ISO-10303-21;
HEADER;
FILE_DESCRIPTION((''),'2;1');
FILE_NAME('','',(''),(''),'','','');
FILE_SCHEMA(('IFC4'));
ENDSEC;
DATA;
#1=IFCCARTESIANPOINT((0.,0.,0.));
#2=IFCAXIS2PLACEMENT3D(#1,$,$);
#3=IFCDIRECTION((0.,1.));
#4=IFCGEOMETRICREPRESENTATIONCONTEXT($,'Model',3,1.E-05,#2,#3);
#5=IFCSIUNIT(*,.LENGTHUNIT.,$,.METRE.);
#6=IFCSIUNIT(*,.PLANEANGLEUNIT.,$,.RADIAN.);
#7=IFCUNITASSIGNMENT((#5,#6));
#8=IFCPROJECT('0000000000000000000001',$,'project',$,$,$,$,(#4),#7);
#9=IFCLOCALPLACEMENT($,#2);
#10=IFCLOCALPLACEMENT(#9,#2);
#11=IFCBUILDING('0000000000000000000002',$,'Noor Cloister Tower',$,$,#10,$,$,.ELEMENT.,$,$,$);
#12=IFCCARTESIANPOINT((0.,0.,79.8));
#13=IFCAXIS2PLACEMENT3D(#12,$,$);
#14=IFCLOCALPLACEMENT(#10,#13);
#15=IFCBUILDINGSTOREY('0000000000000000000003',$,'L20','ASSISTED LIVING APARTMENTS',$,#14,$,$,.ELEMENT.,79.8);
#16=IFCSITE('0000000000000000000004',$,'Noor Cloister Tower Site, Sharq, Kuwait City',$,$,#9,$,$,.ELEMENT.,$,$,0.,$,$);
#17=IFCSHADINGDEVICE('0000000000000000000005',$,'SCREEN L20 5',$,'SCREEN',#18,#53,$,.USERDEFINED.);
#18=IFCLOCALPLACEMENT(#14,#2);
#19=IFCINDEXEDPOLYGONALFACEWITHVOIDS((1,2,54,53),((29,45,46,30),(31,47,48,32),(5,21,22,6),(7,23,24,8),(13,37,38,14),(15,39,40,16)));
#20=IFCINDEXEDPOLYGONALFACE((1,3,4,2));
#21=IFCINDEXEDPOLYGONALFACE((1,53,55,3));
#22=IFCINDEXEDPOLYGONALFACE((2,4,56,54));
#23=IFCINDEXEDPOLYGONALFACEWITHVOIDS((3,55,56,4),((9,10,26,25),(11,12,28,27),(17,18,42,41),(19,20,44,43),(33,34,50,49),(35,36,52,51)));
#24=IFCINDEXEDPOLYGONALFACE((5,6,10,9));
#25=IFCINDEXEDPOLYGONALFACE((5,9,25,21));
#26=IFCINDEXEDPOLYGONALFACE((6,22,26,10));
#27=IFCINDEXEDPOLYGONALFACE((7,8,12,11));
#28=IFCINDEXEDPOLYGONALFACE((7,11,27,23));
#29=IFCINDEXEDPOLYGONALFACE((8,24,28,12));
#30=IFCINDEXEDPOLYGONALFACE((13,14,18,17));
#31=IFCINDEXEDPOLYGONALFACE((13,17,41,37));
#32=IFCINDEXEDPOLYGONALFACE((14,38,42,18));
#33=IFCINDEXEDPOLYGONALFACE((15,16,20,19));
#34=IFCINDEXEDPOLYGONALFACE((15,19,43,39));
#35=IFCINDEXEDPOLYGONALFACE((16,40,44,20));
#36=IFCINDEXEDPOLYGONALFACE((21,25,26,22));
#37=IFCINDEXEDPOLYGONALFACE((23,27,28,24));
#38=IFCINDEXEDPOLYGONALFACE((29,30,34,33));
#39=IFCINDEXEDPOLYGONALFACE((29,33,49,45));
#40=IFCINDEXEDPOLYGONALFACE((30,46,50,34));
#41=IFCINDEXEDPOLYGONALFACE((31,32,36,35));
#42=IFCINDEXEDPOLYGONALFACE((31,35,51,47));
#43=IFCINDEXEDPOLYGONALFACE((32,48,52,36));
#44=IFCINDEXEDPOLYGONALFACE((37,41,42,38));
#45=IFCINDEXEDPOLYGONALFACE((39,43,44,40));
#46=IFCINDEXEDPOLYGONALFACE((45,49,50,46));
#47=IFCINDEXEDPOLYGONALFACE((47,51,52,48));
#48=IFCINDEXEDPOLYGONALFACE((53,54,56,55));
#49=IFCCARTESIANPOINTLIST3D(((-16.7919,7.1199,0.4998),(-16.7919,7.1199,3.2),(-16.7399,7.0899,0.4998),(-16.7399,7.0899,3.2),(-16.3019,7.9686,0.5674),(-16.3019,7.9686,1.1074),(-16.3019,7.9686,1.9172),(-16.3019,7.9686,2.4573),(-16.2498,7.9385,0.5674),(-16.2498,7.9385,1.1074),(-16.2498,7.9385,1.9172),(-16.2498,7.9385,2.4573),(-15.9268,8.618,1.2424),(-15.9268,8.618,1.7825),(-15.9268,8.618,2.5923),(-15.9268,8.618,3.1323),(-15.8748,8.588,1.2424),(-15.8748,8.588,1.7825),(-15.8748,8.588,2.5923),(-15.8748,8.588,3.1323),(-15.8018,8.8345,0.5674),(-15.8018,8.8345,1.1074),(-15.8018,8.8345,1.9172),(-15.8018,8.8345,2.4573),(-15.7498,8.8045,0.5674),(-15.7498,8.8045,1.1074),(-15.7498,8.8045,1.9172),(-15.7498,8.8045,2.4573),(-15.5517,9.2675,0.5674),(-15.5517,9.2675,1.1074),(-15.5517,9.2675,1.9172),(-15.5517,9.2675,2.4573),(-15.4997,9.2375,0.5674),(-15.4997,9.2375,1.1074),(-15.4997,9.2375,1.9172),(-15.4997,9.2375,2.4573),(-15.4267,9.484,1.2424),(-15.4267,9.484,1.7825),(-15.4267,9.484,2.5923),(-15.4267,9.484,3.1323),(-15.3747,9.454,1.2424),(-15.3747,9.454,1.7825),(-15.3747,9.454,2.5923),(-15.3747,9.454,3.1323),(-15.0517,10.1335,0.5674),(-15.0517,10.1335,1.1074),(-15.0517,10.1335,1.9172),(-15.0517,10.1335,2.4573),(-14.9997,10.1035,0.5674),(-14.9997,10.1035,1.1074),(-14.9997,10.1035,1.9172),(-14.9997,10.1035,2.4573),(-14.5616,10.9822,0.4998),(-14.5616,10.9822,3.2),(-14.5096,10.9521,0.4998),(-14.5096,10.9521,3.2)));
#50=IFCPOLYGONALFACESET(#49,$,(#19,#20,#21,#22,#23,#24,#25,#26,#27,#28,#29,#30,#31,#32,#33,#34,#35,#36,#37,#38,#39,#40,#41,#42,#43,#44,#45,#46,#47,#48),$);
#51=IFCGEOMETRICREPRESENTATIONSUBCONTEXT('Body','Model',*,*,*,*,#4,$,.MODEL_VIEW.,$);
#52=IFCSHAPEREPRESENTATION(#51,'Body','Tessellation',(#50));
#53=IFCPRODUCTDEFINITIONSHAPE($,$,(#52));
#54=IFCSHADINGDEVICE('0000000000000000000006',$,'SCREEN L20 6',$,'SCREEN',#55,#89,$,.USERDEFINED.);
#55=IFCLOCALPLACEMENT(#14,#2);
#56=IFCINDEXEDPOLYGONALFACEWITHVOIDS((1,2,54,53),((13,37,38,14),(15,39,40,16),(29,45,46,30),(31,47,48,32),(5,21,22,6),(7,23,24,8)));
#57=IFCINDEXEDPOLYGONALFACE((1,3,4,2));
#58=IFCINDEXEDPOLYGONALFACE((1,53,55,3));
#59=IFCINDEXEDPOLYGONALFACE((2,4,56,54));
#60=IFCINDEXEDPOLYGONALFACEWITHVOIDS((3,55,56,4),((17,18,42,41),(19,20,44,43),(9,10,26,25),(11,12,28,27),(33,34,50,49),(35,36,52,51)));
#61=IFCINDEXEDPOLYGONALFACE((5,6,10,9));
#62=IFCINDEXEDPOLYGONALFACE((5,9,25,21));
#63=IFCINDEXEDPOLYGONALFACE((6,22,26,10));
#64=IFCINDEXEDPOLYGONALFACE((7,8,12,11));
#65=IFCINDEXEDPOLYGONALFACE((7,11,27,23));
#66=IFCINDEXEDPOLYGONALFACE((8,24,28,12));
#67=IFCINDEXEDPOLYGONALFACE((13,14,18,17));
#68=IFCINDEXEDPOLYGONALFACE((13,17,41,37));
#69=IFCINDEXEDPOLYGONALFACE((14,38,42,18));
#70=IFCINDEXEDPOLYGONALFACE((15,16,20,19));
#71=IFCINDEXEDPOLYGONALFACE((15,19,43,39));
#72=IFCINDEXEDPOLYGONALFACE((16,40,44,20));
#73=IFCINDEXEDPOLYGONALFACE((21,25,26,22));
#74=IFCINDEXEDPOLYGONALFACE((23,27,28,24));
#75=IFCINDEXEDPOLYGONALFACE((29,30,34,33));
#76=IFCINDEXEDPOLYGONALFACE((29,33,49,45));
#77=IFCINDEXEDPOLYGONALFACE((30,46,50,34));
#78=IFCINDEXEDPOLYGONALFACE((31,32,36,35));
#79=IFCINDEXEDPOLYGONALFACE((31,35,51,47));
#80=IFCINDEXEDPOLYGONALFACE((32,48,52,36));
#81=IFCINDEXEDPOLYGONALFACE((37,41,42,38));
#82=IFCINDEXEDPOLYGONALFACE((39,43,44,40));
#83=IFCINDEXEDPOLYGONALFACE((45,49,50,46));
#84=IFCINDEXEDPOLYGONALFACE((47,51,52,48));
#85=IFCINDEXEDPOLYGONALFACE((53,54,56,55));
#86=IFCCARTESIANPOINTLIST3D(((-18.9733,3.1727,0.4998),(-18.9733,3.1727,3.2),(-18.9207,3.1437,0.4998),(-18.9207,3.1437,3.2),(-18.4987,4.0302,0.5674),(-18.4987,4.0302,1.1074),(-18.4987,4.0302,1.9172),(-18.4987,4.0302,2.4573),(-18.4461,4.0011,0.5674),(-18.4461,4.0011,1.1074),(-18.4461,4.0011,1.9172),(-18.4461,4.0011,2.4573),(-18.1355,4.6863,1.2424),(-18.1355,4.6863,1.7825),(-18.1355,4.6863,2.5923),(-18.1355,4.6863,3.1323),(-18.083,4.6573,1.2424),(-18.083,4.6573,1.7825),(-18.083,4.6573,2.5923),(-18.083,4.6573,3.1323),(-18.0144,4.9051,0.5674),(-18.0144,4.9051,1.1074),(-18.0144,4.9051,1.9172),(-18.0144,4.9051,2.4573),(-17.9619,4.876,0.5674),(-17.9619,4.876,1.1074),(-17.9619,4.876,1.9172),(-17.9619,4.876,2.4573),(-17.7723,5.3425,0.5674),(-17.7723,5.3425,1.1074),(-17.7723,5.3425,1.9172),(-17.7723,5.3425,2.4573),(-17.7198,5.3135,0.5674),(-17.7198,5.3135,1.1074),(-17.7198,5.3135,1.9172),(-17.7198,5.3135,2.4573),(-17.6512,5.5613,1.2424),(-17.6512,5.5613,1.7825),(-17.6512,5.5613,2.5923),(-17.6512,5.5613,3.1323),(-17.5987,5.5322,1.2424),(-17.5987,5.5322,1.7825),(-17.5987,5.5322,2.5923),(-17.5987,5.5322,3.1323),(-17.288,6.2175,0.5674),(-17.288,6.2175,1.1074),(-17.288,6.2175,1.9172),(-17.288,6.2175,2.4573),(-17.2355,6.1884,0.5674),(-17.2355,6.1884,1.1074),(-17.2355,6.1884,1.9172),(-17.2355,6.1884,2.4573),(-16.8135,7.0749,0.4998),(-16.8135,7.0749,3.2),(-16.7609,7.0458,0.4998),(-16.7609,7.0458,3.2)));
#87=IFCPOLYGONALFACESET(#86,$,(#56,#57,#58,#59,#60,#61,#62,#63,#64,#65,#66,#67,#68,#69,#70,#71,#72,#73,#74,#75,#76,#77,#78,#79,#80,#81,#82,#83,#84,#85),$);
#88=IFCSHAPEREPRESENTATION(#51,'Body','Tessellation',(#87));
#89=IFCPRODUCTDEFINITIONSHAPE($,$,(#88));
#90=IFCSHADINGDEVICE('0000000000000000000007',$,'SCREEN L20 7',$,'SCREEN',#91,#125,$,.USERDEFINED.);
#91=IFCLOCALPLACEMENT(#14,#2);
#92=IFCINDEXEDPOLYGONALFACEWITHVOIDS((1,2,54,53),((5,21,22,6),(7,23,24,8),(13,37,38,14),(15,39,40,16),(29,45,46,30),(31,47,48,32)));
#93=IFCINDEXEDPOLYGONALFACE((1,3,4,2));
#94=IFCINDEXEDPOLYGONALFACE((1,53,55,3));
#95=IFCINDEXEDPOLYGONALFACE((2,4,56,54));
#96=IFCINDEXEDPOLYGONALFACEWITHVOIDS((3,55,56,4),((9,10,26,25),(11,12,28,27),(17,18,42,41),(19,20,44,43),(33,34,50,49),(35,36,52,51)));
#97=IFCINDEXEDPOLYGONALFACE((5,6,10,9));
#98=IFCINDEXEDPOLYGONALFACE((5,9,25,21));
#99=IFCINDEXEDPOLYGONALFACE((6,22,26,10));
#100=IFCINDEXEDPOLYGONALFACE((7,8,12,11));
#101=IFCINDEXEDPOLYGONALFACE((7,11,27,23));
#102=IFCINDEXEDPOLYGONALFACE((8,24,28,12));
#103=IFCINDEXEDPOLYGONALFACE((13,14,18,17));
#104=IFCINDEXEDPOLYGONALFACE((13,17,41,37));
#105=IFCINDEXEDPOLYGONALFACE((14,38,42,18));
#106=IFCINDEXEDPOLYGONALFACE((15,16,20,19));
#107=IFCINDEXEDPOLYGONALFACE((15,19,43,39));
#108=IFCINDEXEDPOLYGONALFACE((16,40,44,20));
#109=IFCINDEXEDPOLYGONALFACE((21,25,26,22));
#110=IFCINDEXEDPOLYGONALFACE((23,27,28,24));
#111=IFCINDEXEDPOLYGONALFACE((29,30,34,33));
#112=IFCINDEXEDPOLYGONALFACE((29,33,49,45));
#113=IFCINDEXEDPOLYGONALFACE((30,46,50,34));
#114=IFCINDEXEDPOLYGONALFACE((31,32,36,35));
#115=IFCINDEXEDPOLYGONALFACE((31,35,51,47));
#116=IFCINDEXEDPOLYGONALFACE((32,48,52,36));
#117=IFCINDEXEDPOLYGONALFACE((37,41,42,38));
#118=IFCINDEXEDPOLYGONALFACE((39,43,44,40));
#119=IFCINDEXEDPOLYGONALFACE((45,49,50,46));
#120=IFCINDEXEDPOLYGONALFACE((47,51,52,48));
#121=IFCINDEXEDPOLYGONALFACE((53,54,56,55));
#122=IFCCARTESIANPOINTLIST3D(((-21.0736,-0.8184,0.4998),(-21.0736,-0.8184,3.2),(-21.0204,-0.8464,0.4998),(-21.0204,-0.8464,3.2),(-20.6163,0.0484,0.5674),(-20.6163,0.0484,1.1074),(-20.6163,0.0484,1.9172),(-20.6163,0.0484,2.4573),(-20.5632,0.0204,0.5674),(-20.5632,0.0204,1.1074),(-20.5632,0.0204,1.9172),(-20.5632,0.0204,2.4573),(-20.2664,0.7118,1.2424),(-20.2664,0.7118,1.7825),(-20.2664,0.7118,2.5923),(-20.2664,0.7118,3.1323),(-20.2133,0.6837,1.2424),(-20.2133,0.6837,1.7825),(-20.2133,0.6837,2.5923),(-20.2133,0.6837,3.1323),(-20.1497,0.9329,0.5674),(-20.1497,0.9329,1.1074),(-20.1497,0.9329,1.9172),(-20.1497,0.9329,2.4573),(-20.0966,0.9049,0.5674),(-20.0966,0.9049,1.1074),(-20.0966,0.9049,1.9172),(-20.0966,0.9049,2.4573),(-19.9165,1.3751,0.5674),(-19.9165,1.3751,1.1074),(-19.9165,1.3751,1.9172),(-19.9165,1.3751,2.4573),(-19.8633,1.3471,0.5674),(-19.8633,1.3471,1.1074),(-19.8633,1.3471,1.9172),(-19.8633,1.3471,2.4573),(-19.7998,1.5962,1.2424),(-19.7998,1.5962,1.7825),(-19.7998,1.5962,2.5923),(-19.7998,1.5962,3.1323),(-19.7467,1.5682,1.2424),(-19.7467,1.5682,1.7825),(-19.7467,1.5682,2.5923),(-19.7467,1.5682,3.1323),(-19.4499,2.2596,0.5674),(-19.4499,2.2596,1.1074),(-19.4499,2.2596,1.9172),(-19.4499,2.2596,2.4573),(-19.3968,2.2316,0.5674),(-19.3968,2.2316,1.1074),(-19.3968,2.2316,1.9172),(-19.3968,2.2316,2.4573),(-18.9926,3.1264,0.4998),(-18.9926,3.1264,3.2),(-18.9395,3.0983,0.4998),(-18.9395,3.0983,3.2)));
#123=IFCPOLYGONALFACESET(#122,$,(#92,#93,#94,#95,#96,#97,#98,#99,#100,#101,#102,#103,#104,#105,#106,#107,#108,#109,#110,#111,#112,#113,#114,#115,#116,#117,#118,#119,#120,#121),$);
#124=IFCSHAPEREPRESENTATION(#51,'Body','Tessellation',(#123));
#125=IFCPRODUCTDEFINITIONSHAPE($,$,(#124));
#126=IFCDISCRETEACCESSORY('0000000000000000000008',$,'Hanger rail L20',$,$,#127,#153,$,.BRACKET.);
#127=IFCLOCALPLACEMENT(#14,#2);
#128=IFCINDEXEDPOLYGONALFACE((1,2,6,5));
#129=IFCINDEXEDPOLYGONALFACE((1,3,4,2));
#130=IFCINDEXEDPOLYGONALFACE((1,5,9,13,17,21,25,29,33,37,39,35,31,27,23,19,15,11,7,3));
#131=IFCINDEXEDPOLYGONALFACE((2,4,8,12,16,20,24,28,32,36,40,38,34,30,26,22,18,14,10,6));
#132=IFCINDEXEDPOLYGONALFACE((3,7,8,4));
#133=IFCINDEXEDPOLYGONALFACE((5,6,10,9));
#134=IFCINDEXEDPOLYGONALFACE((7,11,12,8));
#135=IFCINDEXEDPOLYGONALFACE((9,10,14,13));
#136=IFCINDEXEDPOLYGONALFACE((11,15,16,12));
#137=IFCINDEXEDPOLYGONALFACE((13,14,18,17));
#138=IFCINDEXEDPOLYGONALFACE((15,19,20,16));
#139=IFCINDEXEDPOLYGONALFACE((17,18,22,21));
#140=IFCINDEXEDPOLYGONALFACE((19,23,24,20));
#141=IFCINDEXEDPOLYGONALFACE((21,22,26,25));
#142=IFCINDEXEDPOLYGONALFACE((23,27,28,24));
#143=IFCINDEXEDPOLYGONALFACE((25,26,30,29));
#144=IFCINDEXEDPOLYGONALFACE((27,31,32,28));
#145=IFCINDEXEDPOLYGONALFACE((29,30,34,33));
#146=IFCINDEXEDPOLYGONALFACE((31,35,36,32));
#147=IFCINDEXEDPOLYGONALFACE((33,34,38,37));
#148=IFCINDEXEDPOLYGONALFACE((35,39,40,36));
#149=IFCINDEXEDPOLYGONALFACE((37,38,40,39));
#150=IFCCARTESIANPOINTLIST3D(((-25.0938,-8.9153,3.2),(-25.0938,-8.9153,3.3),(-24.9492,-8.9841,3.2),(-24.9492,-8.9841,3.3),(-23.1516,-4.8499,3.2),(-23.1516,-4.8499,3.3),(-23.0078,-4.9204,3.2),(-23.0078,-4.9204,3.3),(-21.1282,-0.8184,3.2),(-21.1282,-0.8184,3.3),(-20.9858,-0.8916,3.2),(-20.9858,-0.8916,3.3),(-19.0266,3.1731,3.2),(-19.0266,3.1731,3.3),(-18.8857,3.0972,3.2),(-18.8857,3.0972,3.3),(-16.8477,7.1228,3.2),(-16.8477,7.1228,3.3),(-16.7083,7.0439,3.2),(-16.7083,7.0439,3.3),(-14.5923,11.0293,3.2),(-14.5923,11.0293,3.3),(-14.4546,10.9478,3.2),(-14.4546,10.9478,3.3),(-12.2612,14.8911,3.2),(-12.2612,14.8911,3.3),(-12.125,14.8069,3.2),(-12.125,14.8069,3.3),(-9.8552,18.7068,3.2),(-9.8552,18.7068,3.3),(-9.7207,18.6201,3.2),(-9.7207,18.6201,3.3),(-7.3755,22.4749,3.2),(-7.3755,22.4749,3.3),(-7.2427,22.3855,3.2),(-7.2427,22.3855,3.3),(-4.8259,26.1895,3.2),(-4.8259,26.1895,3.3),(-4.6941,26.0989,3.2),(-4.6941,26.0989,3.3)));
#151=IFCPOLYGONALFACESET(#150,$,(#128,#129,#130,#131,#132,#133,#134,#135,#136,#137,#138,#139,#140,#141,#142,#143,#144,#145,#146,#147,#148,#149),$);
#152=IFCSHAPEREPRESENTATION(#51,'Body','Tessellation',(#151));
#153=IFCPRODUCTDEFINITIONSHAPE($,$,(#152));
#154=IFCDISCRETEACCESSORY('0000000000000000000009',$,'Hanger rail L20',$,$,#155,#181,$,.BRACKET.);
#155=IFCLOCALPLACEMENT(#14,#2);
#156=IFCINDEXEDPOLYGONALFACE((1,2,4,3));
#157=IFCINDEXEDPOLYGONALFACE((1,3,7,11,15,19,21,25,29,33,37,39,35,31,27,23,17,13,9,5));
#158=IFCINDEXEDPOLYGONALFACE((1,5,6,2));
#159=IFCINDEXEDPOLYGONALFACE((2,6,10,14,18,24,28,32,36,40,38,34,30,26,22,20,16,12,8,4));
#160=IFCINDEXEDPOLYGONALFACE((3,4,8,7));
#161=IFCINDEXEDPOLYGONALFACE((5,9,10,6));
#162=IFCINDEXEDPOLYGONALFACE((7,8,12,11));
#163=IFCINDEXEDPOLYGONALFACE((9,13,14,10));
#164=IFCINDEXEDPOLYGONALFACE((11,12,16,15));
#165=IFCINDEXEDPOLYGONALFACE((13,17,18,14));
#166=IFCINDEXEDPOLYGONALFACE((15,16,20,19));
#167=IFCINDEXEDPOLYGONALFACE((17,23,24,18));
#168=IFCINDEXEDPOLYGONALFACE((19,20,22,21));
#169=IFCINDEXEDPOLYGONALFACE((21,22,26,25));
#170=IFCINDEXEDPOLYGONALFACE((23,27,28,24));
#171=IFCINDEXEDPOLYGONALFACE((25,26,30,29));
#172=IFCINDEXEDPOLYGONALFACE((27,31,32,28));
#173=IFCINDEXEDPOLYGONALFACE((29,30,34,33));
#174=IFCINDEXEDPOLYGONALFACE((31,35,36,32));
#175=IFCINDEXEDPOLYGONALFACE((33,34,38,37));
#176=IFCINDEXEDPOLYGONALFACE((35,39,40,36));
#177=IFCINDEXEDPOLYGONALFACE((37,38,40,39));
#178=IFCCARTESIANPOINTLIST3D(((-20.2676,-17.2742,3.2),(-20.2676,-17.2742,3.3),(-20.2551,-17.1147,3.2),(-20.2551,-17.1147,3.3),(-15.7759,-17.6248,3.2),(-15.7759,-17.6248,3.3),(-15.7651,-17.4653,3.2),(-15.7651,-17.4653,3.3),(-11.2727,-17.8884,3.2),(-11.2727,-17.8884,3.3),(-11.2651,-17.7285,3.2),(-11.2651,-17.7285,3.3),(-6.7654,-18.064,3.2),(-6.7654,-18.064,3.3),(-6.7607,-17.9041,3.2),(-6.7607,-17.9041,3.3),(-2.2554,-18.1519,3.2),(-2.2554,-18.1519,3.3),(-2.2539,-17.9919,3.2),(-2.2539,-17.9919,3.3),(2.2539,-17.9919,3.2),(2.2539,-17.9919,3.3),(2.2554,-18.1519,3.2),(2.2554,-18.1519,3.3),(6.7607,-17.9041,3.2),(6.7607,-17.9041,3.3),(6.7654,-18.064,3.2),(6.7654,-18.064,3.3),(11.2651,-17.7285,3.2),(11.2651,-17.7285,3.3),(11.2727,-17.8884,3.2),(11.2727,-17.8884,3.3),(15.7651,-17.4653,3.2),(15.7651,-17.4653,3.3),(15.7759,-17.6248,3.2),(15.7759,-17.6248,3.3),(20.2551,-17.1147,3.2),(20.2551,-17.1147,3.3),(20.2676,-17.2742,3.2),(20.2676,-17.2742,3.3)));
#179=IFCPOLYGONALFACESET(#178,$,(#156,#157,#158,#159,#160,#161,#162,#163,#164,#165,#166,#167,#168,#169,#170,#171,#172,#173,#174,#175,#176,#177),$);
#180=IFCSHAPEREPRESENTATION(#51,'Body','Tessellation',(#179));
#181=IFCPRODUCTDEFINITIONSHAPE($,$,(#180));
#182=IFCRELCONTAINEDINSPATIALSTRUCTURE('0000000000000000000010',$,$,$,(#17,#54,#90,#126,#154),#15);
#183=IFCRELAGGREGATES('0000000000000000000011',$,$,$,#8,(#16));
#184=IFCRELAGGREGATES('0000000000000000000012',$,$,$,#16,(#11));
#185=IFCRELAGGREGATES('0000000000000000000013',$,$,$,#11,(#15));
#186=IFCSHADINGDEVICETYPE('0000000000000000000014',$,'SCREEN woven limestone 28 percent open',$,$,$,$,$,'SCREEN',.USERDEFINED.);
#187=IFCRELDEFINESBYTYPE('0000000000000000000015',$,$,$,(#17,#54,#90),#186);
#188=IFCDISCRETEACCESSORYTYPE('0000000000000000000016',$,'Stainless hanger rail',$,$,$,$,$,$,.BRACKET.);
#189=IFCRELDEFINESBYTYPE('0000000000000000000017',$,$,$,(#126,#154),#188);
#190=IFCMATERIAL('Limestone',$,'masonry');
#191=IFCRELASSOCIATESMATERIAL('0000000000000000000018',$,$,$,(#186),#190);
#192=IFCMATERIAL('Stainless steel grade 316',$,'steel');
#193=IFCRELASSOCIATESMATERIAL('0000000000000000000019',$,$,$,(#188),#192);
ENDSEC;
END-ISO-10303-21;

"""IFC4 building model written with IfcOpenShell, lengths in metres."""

from ifc_helpers import new_model, si_unit, direction, frame, origin, place, context, subcontext, project, spatial, polyline, outline, extrude, material, material_profile, profile_set, type_object, element, save


model = new_model("IFC4")

# Units and contexts
model_context = context("Model", 3, precision=1e-05, world=origin(), true_north=direction((0.0, 1.0)))
body_context = subcontext(model_context, "Body", "Model", "MODEL_VIEW")
ifc_project = project(units=[si_unit("LENGTHUNIT", "METRE"), si_unit("PLANEANGLEUNIT", "RADIAN")], contexts=[model_context])

# Site, building, storey
site_placement = place(None, origin())
site = spatial("IfcSite", under=ifc_project, at=site_placement, Name="Noor Cloister Tower Site, Sharq, Kuwait City", CompositionType="ELEMENT", RefElevation=0.0)
building_placement = place(site_placement, origin())
building = spatial("IfcBuilding", under=site, at=building_placement, Name="Noor Cloister Tower", CompositionType="ELEMENT")
storey_placement = place(building_placement, frame((0.0, 0.0, 79.8)))
storey = spatial("IfcBuildingStorey", under=building, at=storey_placement, Name="L20", Description="ASSISTED LIVING APARTMENTS", CompositionType="ELEMENT", Elevation=79.8)

# Shading devices
ifc_material_1 = material(Name="Limestone", Category="masonry")
ifc_material_profile_1 = material_profile(ifc_material_1, outline(polyline([(-2.23, -1.3501), (2.23, -1.3501), (2.23, 1.3501), (-2.23, 1.3501), (-2.23, -1.3501)]), holes=[polyline([(-1.25, -1.2825), (-0.25, -1.2825), (-0.25, -0.7424), (-1.25, -0.7424), (-1.25, -1.2825)]), polyline([(0.25, -1.2825), (1.25, -1.2825), (1.25, -0.7424), (0.25, -0.7424), (0.25, -1.2825)]), polyline([(-0.5, -0.6074), (0.5, -0.6074), (0.5, -0.0674), (-0.5, -0.0674), (-0.5, -0.6074)]), polyline([(-1.25, 0.0674), (-0.25, 0.0674), (-0.25, 0.6074), (-1.25, 0.6074), (-1.25, 0.0674)]), polyline([(0.25, 0.0674), (1.25, 0.0674), (1.25, 0.6074), (0.25, 0.6074), (0.25, 0.0674)]), polyline([(-0.5, 0.7424), (0.5, 0.7424), (0.5, 1.2825), (-0.5, 1.2825), (-0.5, 0.7424)])]), Name="Woven screen 28 percent open")
ifc_profile_set_1 = profile_set([ifc_material_profile_1], Name="Limestone")
shading_device_type = type_object("IfcShadingDeviceType", Name="SCREEN woven limestone 28 percent open", ElementType="SCREEN", PredefinedType="USERDEFINED", material=ifc_profile_set_1)
for number, where, z_axis, x_axis, name in (
    (1, (-15.6248, 9.021, 1.8499), (-0.865982, 0.500074, 0.0), (-0.500074, -0.865982, 0.0), "SCREEN L20 5"),
    (2, (-17.8408, 5.0947, 1.8499), (-0.874924, 0.48426, 0.0), (-0.48426, -0.874924, 0.0), "SCREEN L20 6"),
    (3, (-19.98, 1.126, 1.8499), (-0.884478, 0.466582, 0.0), (-0.466582, -0.884478, 0.0), "SCREEN L20 7"),
):
    element("IfcShadingDevice", number, at=place(storey_placement, frame(where, z_axis=z_axis, x_axis=x_axis)), inside=storey, type_object=shading_device_type, Name=name, ObjectType="SCREEN", PredefinedType="USERDEFINED", context=body_context, shape_type="SweptSolid", body=[
        extrude(outline(polyline([(-2.23, -1.3501), (2.23, -1.3501), (2.23, 1.3501), (-2.23, 1.3501), (-2.23, -1.3501)]), holes=[polyline([(-1.25, -1.2825), (-0.25, -1.2825), (-0.25, -0.7424), (-1.25, -0.7424), (-1.25, -1.2825)]), polyline([(0.25, -1.2825), (1.25, -1.2825), (1.25, -0.7424), (0.25, -0.7424), (0.25, -1.2825)]), polyline([(-0.5, -0.6074), (0.5, -0.6074), (0.5, -0.0674), (-0.5, -0.0674), (-0.5, -0.6074)]), polyline([(-1.25, 0.0674), (-0.25, 0.0674), (-0.25, 0.6074), (-1.25, 0.6074), (-1.25, 0.0674)]), polyline([(0.25, 0.0674), (1.25, 0.0674), (1.25, 0.6074), (0.25, 0.6074), (0.25, 0.0674)]), polyline([(-0.5, 0.7424), (0.5, 0.7424), (0.5, 1.2825), (-0.5, 1.2825), (-0.5, 0.7424)])]), origin(), (0.0, 0.0, 1.0), 0.0601),
    ])

# Discrete accessories
ifc_material_2 = material(Name="Stainless steel grade 316", Category="steel")
discrete_accessory_type = type_object("IfcDiscreteAccessoryType", Name="Stainless hanger rail", PredefinedType="BRACKET", material=ifc_material_2)
discrete_accessory_1_placement = place(storey_placement, frame((0.0, 0.0, 3.2)))
element("IfcDiscreteAccessory", 4, at=discrete_accessory_1_placement, inside=storey, type_object=discrete_accessory_type, Name="Hanger rail L20", PredefinedType="BRACKET", context=body_context, shape_type="SweptSolid", body=[
    extrude(outline(polyline([(-4.8259, 26.1895), (-7.3755, 22.4749), (-9.8552, 18.7068), (-12.2612, 14.8911), (-14.5923, 11.0293), (-16.8477, 7.1228), (-19.0266, 3.1731), (-21.1282, -0.8184), (-23.1516, -4.8499), (-25.0938, -8.9153), (-24.9492, -8.9841), (-23.0078, -4.9204), (-20.9858, -0.8916), (-18.8857, 3.0972), (-16.7083, 7.0439), (-14.4546, 10.9478), (-12.125, 14.8069), (-9.7207, 18.6201), (-7.2427, 22.3855), (-4.6941, 26.0989), (-4.8259, 26.1895)])), origin(), (0.0, 0.0, 1.0), 0.1001),
])
discrete_accessory_2_placement = place(storey_placement, frame((0.0, 0.0, 3.2)))
element("IfcDiscreteAccessory", 5, at=discrete_accessory_2_placement, inside=storey, type_object=discrete_accessory_type, Name="Hanger rail L20", PredefinedType="BRACKET", context=body_context, shape_type="SweptSolid", body=[
    extrude(outline(polyline([(-20.2676, -17.2742), (-15.7759, -17.6248), (-11.2727, -17.8884), (-6.7654, -18.064), (-2.2554, -18.1519), (2.2554, -18.1519), (6.7654, -18.064), (11.2727, -17.8884), (15.7759, -17.6248), (20.2676, -17.2742), (20.2551, -17.1147), (15.7651, -17.4653), (11.2651, -17.7285), (6.7607, -17.9041), (2.2539, -17.9919), (-2.2539, -17.9919), (-6.7607, -17.9041), (-11.2651, -17.7285), (-15.7651, -17.4653), (-20.2551, -17.1147), (-20.2676, -17.2742)])), origin(), (0.0, 0.0, 1.0), 0.1001),
])

save(model, "model.ifc")
